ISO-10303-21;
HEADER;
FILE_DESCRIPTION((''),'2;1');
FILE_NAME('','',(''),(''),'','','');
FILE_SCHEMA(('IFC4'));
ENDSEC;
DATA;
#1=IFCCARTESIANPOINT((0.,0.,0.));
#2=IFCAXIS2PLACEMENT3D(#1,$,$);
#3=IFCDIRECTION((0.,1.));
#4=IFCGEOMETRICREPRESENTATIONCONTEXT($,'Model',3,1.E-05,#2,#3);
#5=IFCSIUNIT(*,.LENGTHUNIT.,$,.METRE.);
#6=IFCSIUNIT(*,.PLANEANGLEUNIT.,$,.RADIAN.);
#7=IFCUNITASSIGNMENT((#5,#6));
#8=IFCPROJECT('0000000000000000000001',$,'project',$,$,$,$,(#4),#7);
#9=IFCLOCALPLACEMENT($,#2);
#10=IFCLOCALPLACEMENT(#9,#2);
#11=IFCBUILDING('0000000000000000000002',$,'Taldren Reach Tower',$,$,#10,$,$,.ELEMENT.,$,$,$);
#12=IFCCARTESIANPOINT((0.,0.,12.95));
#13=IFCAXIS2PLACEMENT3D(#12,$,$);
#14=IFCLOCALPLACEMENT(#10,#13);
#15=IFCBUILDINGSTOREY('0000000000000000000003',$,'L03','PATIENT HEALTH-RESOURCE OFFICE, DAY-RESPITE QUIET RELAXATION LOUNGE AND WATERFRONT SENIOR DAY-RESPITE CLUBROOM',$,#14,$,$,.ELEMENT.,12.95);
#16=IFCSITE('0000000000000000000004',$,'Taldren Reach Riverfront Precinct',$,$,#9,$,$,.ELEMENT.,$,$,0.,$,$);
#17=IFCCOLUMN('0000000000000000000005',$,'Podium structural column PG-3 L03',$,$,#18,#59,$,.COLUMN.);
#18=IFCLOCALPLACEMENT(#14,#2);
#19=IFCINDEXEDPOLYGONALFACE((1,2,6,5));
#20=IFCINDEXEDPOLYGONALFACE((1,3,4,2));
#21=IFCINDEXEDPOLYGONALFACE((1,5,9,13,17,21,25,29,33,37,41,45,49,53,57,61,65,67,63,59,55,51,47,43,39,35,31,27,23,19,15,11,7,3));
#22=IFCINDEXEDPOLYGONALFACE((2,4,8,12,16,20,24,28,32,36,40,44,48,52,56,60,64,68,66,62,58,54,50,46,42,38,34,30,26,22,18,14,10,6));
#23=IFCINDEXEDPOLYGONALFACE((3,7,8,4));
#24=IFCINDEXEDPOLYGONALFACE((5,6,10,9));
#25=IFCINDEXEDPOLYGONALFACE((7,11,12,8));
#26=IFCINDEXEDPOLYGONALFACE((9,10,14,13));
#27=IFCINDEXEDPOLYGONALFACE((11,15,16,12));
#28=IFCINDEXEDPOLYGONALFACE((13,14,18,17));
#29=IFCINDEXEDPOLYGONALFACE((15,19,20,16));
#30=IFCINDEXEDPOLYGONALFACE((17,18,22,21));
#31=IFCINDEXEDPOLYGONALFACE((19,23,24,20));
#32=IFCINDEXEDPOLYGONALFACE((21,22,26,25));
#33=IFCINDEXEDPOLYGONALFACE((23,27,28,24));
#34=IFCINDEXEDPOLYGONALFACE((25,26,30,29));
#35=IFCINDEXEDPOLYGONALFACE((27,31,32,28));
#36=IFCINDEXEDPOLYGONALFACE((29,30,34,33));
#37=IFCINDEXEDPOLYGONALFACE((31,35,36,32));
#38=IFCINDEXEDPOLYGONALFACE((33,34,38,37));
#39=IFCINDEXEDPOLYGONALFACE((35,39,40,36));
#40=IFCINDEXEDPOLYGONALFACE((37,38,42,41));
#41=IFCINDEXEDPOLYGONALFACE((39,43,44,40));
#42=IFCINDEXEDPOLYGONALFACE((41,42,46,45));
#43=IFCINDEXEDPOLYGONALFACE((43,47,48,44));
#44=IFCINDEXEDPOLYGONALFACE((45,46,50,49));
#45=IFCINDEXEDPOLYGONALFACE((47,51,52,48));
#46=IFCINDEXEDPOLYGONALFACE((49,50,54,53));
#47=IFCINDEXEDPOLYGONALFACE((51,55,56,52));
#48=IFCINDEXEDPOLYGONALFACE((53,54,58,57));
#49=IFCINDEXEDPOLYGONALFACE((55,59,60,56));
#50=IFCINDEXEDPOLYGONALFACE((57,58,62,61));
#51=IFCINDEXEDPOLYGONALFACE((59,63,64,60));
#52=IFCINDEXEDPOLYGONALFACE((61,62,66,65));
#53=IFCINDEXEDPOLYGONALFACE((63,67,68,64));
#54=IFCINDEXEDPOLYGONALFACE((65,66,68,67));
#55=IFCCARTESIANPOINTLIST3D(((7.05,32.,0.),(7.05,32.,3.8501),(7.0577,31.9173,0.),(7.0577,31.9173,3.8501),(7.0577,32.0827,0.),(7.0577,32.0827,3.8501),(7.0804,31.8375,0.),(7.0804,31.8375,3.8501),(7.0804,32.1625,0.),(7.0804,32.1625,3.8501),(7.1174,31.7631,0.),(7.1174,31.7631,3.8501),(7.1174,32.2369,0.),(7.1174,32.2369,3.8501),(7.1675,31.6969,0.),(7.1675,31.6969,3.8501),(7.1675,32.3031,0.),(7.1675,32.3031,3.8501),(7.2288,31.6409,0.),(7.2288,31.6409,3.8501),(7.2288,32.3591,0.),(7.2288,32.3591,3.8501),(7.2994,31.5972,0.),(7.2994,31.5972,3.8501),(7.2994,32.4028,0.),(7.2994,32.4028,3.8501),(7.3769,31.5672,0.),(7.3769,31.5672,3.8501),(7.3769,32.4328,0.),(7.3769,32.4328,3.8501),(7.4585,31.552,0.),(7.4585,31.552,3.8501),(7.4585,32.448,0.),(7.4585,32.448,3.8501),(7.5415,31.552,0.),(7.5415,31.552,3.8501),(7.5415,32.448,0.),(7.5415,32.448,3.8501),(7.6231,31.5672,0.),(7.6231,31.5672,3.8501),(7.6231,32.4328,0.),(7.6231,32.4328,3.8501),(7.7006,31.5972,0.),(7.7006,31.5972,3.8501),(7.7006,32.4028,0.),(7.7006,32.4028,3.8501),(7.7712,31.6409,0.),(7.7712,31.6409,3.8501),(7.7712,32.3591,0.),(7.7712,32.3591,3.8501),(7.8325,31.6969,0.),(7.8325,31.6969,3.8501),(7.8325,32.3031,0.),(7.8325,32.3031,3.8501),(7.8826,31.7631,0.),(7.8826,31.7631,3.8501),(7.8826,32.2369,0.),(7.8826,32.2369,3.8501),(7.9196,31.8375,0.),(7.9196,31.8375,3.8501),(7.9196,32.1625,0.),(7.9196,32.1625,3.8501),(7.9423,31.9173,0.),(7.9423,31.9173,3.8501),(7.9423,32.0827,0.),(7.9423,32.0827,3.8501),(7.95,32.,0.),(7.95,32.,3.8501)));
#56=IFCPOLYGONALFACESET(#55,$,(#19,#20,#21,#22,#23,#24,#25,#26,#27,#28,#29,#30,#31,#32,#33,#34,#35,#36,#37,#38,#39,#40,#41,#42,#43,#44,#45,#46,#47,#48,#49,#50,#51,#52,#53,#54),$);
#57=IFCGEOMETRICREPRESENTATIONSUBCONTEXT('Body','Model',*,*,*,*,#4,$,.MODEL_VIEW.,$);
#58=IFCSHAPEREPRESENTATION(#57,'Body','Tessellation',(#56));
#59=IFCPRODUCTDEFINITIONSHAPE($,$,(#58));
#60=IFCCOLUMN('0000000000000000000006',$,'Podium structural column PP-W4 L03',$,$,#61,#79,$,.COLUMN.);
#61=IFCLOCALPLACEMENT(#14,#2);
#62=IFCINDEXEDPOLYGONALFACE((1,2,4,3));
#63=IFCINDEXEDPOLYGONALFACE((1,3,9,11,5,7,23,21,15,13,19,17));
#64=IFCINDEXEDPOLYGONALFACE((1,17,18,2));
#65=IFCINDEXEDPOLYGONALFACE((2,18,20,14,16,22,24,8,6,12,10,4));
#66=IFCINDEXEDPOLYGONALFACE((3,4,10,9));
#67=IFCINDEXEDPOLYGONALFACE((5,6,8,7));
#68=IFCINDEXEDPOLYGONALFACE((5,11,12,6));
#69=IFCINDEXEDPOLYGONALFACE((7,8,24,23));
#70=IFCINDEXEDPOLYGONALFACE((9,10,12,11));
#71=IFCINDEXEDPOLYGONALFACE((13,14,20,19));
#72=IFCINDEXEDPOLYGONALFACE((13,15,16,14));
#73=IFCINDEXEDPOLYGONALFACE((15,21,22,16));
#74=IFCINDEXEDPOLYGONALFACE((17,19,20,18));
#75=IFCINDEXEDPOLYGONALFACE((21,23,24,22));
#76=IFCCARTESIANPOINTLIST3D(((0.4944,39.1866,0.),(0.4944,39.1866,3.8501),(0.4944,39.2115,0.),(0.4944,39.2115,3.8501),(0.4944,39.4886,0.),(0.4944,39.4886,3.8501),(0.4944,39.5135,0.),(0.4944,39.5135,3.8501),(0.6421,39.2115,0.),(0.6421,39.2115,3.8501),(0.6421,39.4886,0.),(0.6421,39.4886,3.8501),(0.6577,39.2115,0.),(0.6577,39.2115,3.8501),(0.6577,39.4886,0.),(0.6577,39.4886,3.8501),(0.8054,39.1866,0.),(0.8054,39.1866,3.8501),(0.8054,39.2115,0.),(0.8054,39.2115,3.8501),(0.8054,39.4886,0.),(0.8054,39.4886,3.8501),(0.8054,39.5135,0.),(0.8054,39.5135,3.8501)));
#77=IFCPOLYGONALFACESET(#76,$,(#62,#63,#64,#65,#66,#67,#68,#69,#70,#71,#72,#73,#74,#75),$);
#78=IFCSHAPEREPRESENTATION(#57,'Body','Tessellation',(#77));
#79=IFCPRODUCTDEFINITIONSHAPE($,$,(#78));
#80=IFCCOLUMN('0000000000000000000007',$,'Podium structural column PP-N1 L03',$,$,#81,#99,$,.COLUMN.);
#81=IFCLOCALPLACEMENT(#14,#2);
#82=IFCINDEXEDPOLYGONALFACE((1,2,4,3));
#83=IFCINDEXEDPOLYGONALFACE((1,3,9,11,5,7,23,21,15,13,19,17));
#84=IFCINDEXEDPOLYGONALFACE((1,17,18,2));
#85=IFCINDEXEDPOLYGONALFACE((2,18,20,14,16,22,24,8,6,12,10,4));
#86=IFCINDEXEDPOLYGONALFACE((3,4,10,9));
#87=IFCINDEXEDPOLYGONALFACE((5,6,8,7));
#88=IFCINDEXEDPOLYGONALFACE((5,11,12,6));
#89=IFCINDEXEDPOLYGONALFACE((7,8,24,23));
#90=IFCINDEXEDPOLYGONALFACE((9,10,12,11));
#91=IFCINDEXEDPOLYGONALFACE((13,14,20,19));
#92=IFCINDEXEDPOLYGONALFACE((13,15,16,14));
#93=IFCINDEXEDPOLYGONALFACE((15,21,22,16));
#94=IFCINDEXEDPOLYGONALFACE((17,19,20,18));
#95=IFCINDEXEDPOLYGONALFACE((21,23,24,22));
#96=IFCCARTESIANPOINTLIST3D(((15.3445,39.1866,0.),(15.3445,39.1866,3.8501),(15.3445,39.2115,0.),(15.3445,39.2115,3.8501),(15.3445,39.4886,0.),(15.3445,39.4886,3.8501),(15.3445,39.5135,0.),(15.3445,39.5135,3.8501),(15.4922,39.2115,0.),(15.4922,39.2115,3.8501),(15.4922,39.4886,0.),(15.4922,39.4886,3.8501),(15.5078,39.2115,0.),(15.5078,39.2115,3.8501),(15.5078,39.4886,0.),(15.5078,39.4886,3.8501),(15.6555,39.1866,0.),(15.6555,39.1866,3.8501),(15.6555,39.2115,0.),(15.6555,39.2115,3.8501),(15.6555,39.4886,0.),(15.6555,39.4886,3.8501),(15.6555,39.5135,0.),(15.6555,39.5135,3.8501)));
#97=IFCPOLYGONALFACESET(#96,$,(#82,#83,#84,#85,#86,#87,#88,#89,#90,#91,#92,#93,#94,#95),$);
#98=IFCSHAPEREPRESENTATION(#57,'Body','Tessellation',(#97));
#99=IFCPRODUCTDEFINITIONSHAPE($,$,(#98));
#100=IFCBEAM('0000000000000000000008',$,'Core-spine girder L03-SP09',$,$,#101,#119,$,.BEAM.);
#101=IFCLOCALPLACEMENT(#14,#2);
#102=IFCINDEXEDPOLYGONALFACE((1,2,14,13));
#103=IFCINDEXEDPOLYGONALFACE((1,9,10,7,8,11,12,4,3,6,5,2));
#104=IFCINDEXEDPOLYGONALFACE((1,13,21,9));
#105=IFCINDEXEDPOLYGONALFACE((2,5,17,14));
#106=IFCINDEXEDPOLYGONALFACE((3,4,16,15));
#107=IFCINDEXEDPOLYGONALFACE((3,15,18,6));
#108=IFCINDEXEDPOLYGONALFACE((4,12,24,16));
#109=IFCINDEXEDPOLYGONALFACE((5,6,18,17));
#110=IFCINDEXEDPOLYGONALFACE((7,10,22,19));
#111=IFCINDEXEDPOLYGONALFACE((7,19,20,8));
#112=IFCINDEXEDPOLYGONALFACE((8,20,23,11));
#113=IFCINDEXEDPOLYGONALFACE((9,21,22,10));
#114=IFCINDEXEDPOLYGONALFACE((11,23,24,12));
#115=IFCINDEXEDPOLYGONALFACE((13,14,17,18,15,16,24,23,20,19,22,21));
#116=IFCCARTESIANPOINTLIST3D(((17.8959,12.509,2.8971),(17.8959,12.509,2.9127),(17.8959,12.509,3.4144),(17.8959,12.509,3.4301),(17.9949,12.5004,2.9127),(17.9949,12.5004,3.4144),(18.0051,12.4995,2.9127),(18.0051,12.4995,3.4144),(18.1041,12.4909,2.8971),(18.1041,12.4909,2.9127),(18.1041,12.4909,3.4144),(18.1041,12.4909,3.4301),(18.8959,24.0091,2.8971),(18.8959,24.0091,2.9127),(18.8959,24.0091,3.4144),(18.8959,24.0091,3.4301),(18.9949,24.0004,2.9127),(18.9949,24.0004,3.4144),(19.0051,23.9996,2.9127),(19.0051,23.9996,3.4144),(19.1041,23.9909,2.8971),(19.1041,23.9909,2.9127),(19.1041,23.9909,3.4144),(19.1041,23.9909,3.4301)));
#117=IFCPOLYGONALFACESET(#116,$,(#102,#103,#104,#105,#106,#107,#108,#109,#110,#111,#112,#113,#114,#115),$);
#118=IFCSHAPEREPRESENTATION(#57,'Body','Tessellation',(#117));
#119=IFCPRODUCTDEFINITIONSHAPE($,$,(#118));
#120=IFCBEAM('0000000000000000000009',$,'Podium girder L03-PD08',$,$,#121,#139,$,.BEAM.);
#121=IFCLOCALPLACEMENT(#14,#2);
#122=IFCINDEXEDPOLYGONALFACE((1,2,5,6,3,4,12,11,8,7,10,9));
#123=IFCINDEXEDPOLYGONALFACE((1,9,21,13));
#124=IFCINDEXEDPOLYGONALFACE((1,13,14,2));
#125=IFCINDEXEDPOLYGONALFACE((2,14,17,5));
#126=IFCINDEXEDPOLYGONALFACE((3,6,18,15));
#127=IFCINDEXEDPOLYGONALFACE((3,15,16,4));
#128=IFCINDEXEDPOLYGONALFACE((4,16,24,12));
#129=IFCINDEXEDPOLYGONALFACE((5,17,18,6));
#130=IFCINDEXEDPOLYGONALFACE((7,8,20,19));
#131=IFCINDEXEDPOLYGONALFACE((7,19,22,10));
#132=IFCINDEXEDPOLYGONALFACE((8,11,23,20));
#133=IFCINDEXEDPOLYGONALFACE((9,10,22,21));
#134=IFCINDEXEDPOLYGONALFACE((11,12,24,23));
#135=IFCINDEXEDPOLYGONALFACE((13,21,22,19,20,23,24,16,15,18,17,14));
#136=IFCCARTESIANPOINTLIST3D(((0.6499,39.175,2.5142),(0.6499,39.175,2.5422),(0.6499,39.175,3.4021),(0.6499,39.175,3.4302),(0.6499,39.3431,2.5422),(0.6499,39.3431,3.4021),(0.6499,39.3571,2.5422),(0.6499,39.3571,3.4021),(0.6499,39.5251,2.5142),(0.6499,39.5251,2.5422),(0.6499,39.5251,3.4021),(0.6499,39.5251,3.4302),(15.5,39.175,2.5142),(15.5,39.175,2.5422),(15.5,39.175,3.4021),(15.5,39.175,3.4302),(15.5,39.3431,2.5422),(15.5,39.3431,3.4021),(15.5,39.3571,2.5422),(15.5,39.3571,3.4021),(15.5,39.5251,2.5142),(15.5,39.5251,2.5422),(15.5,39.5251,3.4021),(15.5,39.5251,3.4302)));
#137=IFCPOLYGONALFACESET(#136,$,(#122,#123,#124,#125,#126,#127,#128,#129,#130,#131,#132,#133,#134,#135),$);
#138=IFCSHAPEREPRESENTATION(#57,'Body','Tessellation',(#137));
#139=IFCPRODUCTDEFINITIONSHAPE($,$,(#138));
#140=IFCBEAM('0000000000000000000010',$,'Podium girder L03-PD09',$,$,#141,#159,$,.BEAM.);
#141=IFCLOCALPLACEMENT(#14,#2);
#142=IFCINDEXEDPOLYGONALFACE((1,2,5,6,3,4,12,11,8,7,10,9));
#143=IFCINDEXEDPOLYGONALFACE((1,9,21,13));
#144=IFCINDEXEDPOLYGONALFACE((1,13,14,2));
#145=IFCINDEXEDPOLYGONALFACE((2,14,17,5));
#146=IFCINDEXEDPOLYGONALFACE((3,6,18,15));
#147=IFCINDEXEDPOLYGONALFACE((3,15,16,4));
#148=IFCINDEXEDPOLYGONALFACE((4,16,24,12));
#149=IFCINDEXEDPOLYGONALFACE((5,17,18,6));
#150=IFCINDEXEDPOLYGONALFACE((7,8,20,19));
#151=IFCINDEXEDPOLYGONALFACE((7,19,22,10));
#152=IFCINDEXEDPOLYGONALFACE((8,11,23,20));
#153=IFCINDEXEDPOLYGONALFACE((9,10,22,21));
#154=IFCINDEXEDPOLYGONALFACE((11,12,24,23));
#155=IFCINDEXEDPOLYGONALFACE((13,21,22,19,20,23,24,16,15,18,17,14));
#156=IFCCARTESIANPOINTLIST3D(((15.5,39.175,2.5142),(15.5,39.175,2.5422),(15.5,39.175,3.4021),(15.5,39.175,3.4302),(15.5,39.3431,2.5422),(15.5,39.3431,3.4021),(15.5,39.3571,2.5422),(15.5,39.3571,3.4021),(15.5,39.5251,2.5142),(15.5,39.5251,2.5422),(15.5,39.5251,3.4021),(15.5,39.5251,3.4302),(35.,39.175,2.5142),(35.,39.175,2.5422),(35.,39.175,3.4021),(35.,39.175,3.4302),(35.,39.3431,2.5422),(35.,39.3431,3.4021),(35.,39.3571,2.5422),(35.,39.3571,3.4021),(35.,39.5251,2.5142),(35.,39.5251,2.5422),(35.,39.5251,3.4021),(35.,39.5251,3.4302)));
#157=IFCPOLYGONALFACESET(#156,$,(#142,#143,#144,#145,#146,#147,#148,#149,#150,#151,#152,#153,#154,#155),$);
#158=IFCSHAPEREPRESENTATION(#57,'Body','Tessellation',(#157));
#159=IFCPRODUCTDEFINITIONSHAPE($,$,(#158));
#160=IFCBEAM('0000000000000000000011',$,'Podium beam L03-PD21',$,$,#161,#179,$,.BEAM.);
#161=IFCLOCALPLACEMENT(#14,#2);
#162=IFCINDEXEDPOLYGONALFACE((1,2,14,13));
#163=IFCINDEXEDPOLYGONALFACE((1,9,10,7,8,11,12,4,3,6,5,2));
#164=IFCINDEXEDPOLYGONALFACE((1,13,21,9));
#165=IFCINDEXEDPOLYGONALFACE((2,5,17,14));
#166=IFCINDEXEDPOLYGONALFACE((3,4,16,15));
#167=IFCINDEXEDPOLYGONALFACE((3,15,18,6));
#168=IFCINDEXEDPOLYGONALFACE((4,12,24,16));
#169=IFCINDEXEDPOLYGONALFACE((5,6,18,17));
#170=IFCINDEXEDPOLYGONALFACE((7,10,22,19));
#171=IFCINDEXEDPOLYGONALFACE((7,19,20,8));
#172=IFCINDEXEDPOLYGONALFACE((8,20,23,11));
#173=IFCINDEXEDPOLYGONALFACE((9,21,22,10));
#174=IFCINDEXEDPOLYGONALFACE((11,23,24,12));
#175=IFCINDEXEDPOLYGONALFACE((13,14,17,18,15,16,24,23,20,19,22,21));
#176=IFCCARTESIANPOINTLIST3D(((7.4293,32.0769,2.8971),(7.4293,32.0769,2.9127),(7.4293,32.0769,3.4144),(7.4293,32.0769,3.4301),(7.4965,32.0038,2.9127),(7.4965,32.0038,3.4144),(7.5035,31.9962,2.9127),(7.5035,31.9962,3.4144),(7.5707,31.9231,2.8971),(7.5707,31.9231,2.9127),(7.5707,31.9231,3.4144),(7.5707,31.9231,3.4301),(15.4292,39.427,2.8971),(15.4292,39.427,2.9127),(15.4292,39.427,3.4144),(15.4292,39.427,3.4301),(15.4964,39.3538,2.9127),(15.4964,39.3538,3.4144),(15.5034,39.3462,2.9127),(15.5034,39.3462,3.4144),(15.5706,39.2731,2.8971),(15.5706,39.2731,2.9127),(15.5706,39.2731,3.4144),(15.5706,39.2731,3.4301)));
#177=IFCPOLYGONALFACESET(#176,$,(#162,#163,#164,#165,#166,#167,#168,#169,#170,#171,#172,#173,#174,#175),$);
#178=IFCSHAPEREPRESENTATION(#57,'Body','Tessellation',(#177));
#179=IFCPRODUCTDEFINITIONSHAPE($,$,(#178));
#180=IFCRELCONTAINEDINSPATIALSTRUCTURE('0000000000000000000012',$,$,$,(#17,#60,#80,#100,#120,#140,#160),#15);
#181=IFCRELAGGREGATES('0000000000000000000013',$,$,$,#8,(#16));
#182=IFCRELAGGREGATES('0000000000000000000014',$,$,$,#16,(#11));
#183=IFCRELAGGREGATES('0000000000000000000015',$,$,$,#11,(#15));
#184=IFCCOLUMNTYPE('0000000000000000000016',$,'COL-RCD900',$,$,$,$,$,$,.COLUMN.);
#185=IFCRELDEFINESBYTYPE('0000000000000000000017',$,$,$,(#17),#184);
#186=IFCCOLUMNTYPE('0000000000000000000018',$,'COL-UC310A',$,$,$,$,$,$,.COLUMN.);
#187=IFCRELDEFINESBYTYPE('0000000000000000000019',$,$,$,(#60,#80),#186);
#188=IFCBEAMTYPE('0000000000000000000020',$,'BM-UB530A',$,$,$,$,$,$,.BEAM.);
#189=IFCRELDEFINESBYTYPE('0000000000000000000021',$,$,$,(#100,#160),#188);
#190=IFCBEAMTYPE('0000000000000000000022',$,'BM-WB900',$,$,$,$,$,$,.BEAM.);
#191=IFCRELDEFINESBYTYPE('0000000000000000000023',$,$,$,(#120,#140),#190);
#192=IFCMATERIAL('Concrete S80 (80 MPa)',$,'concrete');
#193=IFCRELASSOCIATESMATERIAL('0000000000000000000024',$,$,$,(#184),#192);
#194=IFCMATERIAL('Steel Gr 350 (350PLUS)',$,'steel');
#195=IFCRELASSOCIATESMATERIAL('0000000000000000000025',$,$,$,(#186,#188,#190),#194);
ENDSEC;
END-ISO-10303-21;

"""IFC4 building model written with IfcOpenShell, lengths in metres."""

from ifc_helpers import new_model, si_unit, direction, frame, origin, origin_2d, place, context, subcontext, project, spatial, circle, i_section, extrude, source, transform, mapped, material, material_profile, profile_set, type_object, element, save


model = new_model("IFC4")

# Units and contexts
model_context = context("Model", 3, precision=1e-05, world=origin(), true_north=direction((0.0, 1.0)))
body_context = subcontext(model_context, "Body", "Model", "MODEL_VIEW")
ifc_project = project(units=[si_unit("LENGTHUNIT", "METRE"), si_unit("PLANEANGLEUNIT", "RADIAN")], contexts=[model_context])

# Site, building, storey
site_placement = place(None, origin())
site = spatial("IfcSite", under=ifc_project, at=site_placement, Name="Taldren Reach Riverfront Precinct", CompositionType="ELEMENT", RefElevation=0.0)
building_placement = place(site_placement, origin())
building = spatial("IfcBuilding", under=site, at=building_placement, Name="Taldren Reach Tower", CompositionType="ELEMENT")
storey_placement = place(building_placement, frame((0.0, 0.0, 12.95)))
storey = spatial("IfcBuildingStorey", under=building, at=storey_placement, Name="L03", Description="PATIENT HEALTH-RESOURCE OFFICE, DAY-RESPITE QUIET RELAXATION LOUNGE AND WATERFRONT SENIOR DAY-RESPITE CLUBROOM", CompositionType="ELEMENT", Elevation=12.95)

# Columns
ifc_material_1 = material(Name="Concrete S80 (80 MPa)", Category="concrete")
ifc_material_profile_1 = material_profile(ifc_material_1, circle(Radius=0.45, at=origin_2d()), Name="RC-900D")
ifc_profile_set_1 = profile_set([ifc_material_profile_1], Name="Concrete S80 (80 MPa)")
column_type_1 = type_object("IfcColumnType", Name="COL-RCD900", PredefinedType="COLUMN", material=ifc_profile_set_1)
shared_shape_1 = source(origin(), body_context, "Body", "SweptSolid", [
    extrude(circle(Radius=0.45, at=origin_2d()), origin(), (0.0, 0.0, 1.0), 3.8501),
])
column_placement = place(storey_placement, frame((7.5, 32.0, 0.0), z_axis=(0.0, 0.0, 1.0), x_axis=(1.0, 0.0, 0.0)))
element("IfcColumn", 1, at=column_placement, inside=storey, type_object=column_type_1, Name="Podium structural column PG-3 L03", PredefinedType="COLUMN", context=body_context, shape_type="MappedRepresentation", body=[
    mapped(shared_shape_1, transform((0.0, 0.0, 0.0), scale=1.0)),
])
ifc_material_2 = material(Name="Steel Gr 350 (350PLUS)", Category="steel")
ifc_material_profile_2 = material_profile(ifc_material_2, i_section(OverallWidth=0.311, OverallDepth=0.3269, WebThickness=0.0156, FlangeThickness=0.0249, at=origin_2d()), Name="310UC158")
ifc_profile_set_2 = profile_set([ifc_material_profile_2], Name="Steel Gr 350 (350PLUS)")
column_type_2 = type_object("IfcColumnType", Name="COL-UC310A", PredefinedType="COLUMN", material=ifc_profile_set_2)
shared_shape_2 = source(origin(), body_context, "Body", "SweptSolid", [
    extrude(i_section(OverallWidth=0.311, OverallDepth=0.3269, WebThickness=0.0156, FlangeThickness=0.0249, at=origin_2d()), origin(), (0.0, 0.0, 1.0), 3.8501),
])
for number, where, z_axis, x_axis, name in (
    (2, (0.6499, 39.3501, 0.0), (0.0, 0.0, 1.0), (1.0, 0.0, 0.0), "Podium structural column PP-W4 L03"),
    (3, (15.5, 39.3501, 0.0), (0.0, 0.0, 1.0), (1.0, 0.0, 0.0), "Podium structural column PP-N1 L03"),
):
    element("IfcColumn", number, at=place(storey_placement, frame(where, z_axis=z_axis, x_axis=x_axis)), inside=storey, type_object=column_type_2, Name=name, PredefinedType="COLUMN", context=body_context, shape_type="MappedRepresentation", body=[
        mapped(shared_shape_2, transform((0.0, 0.0, 0.0), scale=1.0)),
    ])

# Beams
ifc_material_profile_3 = material_profile(ifc_material_2, i_section(OverallWidth=0.209, OverallDepth=0.533, WebThickness=0.0103, FlangeThickness=0.0156, at=origin_2d()), Name="530UB92.4")
ifc_profile_set_3 = profile_set([ifc_material_profile_3], Name="Steel Gr 350 (350PLUS)")
beam_type_1 = type_object("IfcBeamType", Name="BM-UB530A", PredefinedType="BEAM", material=ifc_profile_set_3)
shared_shape_3 = source(origin(), body_context, "Body", "SweptSolid", [
    extrude(i_section(OverallWidth=0.209, OverallDepth=0.533, WebThickness=0.0103, FlangeThickness=0.0156, at=origin_2d()), origin(), (0.0, 0.0, 1.0), 11.5435),
])
beam_1_placement = place(storey_placement, frame((19.0, 24.0, 3.1636), z_axis=(-0.08663, -0.996241, 0.0), x_axis=(0.996241, -0.08663, 0.0)))
element("IfcBeam", 4, at=beam_1_placement, inside=storey, type_object=beam_type_1, Name="Core-spine girder L03-SP09", PredefinedType="BEAM", context=body_context, shape_type="MappedRepresentation", body=[
    mapped(shared_shape_3, transform((0.0, 0.0, 0.0), scale=1.0)),
])
ifc_material_profile_4 = material_profile(ifc_material_2, i_section(OverallWidth=0.3501, OverallDepth=0.916, WebThickness=0.0139, FlangeThickness=0.0281, at=origin_2d()), Name="900WB257")
ifc_profile_set_4 = profile_set([ifc_material_profile_4], Name="Steel Gr 350 (350PLUS)")
beam_type_2 = type_object("IfcBeamType", Name="BM-WB900", PredefinedType="BEAM", material=ifc_profile_set_4)
shared_shape_4 = source(origin(), body_context, "Body", "SweptSolid", [
    extrude(i_section(OverallWidth=0.3501, OverallDepth=0.916, WebThickness=0.0139, FlangeThickness=0.0281, at=origin_2d()), origin(), (0.0, 0.0, 1.0), 14.8501),
])
beam_2_placement = place(storey_placement, frame((0.6499, 39.3501, 2.9722), z_axis=(1.0, 0.0, 0.0), x_axis=(0.0, 1.0, 0.0)))
element("IfcBeam", 5, at=beam_2_placement, inside=storey, type_object=beam_type_2, Name="Podium girder L03-PD08", PredefinedType="BEAM", context=body_context, shape_type="MappedRepresentation", body=[
    mapped(shared_shape_4, transform((0.0, 0.0, 0.0), scale=1.0)),
])
shared_shape_5 = source(origin(), body_context, "Body", "SweptSolid", [
    extrude(i_section(OverallWidth=0.3501, OverallDepth=0.916, WebThickness=0.0139, FlangeThickness=0.0281, at=origin_2d()), origin(), (0.0, 0.0, 1.0), 19.5),
])
beam_3_placement = place(storey_placement, frame((15.5, 39.3501, 2.9722), z_axis=(1.0, 0.0, 0.0), x_axis=(0.0, 1.0, 0.0)))
element("IfcBeam", 6, at=beam_3_placement, inside=storey, type_object=beam_type_2, Name="Podium girder L03-PD09", PredefinedType="BEAM", context=body_context, shape_type="MappedRepresentation", body=[
    mapped(shared_shape_5, transform((0.0, 0.0, 0.0), scale=1.0)),
])
shared_shape_6 = source(origin(), body_context, "Body", "SweptSolid", [
    extrude(i_section(OverallWidth=0.209, OverallDepth=0.533, WebThickness=0.0103, FlangeThickness=0.0156, at=origin_2d()), origin(), (0.0, 0.0, 1.0), 10.8638),
])
beam_4_placement = place(storey_placement, frame((7.5, 32.0, 3.1636), z_axis=(0.736385, 0.676563, 0.0), x_axis=(-0.676563, 0.736385, 0.0)))
element("IfcBeam", 7, at=beam_4_placement, inside=storey, type_object=beam_type_1, Name="Podium beam L03-PD21", PredefinedType="BEAM", context=body_context, shape_type="MappedRepresentation", body=[
    mapped(shared_shape_6, transform((0.0, 0.0, 0.0), scale=1.0)),
])

save(model, "model.ifc")
